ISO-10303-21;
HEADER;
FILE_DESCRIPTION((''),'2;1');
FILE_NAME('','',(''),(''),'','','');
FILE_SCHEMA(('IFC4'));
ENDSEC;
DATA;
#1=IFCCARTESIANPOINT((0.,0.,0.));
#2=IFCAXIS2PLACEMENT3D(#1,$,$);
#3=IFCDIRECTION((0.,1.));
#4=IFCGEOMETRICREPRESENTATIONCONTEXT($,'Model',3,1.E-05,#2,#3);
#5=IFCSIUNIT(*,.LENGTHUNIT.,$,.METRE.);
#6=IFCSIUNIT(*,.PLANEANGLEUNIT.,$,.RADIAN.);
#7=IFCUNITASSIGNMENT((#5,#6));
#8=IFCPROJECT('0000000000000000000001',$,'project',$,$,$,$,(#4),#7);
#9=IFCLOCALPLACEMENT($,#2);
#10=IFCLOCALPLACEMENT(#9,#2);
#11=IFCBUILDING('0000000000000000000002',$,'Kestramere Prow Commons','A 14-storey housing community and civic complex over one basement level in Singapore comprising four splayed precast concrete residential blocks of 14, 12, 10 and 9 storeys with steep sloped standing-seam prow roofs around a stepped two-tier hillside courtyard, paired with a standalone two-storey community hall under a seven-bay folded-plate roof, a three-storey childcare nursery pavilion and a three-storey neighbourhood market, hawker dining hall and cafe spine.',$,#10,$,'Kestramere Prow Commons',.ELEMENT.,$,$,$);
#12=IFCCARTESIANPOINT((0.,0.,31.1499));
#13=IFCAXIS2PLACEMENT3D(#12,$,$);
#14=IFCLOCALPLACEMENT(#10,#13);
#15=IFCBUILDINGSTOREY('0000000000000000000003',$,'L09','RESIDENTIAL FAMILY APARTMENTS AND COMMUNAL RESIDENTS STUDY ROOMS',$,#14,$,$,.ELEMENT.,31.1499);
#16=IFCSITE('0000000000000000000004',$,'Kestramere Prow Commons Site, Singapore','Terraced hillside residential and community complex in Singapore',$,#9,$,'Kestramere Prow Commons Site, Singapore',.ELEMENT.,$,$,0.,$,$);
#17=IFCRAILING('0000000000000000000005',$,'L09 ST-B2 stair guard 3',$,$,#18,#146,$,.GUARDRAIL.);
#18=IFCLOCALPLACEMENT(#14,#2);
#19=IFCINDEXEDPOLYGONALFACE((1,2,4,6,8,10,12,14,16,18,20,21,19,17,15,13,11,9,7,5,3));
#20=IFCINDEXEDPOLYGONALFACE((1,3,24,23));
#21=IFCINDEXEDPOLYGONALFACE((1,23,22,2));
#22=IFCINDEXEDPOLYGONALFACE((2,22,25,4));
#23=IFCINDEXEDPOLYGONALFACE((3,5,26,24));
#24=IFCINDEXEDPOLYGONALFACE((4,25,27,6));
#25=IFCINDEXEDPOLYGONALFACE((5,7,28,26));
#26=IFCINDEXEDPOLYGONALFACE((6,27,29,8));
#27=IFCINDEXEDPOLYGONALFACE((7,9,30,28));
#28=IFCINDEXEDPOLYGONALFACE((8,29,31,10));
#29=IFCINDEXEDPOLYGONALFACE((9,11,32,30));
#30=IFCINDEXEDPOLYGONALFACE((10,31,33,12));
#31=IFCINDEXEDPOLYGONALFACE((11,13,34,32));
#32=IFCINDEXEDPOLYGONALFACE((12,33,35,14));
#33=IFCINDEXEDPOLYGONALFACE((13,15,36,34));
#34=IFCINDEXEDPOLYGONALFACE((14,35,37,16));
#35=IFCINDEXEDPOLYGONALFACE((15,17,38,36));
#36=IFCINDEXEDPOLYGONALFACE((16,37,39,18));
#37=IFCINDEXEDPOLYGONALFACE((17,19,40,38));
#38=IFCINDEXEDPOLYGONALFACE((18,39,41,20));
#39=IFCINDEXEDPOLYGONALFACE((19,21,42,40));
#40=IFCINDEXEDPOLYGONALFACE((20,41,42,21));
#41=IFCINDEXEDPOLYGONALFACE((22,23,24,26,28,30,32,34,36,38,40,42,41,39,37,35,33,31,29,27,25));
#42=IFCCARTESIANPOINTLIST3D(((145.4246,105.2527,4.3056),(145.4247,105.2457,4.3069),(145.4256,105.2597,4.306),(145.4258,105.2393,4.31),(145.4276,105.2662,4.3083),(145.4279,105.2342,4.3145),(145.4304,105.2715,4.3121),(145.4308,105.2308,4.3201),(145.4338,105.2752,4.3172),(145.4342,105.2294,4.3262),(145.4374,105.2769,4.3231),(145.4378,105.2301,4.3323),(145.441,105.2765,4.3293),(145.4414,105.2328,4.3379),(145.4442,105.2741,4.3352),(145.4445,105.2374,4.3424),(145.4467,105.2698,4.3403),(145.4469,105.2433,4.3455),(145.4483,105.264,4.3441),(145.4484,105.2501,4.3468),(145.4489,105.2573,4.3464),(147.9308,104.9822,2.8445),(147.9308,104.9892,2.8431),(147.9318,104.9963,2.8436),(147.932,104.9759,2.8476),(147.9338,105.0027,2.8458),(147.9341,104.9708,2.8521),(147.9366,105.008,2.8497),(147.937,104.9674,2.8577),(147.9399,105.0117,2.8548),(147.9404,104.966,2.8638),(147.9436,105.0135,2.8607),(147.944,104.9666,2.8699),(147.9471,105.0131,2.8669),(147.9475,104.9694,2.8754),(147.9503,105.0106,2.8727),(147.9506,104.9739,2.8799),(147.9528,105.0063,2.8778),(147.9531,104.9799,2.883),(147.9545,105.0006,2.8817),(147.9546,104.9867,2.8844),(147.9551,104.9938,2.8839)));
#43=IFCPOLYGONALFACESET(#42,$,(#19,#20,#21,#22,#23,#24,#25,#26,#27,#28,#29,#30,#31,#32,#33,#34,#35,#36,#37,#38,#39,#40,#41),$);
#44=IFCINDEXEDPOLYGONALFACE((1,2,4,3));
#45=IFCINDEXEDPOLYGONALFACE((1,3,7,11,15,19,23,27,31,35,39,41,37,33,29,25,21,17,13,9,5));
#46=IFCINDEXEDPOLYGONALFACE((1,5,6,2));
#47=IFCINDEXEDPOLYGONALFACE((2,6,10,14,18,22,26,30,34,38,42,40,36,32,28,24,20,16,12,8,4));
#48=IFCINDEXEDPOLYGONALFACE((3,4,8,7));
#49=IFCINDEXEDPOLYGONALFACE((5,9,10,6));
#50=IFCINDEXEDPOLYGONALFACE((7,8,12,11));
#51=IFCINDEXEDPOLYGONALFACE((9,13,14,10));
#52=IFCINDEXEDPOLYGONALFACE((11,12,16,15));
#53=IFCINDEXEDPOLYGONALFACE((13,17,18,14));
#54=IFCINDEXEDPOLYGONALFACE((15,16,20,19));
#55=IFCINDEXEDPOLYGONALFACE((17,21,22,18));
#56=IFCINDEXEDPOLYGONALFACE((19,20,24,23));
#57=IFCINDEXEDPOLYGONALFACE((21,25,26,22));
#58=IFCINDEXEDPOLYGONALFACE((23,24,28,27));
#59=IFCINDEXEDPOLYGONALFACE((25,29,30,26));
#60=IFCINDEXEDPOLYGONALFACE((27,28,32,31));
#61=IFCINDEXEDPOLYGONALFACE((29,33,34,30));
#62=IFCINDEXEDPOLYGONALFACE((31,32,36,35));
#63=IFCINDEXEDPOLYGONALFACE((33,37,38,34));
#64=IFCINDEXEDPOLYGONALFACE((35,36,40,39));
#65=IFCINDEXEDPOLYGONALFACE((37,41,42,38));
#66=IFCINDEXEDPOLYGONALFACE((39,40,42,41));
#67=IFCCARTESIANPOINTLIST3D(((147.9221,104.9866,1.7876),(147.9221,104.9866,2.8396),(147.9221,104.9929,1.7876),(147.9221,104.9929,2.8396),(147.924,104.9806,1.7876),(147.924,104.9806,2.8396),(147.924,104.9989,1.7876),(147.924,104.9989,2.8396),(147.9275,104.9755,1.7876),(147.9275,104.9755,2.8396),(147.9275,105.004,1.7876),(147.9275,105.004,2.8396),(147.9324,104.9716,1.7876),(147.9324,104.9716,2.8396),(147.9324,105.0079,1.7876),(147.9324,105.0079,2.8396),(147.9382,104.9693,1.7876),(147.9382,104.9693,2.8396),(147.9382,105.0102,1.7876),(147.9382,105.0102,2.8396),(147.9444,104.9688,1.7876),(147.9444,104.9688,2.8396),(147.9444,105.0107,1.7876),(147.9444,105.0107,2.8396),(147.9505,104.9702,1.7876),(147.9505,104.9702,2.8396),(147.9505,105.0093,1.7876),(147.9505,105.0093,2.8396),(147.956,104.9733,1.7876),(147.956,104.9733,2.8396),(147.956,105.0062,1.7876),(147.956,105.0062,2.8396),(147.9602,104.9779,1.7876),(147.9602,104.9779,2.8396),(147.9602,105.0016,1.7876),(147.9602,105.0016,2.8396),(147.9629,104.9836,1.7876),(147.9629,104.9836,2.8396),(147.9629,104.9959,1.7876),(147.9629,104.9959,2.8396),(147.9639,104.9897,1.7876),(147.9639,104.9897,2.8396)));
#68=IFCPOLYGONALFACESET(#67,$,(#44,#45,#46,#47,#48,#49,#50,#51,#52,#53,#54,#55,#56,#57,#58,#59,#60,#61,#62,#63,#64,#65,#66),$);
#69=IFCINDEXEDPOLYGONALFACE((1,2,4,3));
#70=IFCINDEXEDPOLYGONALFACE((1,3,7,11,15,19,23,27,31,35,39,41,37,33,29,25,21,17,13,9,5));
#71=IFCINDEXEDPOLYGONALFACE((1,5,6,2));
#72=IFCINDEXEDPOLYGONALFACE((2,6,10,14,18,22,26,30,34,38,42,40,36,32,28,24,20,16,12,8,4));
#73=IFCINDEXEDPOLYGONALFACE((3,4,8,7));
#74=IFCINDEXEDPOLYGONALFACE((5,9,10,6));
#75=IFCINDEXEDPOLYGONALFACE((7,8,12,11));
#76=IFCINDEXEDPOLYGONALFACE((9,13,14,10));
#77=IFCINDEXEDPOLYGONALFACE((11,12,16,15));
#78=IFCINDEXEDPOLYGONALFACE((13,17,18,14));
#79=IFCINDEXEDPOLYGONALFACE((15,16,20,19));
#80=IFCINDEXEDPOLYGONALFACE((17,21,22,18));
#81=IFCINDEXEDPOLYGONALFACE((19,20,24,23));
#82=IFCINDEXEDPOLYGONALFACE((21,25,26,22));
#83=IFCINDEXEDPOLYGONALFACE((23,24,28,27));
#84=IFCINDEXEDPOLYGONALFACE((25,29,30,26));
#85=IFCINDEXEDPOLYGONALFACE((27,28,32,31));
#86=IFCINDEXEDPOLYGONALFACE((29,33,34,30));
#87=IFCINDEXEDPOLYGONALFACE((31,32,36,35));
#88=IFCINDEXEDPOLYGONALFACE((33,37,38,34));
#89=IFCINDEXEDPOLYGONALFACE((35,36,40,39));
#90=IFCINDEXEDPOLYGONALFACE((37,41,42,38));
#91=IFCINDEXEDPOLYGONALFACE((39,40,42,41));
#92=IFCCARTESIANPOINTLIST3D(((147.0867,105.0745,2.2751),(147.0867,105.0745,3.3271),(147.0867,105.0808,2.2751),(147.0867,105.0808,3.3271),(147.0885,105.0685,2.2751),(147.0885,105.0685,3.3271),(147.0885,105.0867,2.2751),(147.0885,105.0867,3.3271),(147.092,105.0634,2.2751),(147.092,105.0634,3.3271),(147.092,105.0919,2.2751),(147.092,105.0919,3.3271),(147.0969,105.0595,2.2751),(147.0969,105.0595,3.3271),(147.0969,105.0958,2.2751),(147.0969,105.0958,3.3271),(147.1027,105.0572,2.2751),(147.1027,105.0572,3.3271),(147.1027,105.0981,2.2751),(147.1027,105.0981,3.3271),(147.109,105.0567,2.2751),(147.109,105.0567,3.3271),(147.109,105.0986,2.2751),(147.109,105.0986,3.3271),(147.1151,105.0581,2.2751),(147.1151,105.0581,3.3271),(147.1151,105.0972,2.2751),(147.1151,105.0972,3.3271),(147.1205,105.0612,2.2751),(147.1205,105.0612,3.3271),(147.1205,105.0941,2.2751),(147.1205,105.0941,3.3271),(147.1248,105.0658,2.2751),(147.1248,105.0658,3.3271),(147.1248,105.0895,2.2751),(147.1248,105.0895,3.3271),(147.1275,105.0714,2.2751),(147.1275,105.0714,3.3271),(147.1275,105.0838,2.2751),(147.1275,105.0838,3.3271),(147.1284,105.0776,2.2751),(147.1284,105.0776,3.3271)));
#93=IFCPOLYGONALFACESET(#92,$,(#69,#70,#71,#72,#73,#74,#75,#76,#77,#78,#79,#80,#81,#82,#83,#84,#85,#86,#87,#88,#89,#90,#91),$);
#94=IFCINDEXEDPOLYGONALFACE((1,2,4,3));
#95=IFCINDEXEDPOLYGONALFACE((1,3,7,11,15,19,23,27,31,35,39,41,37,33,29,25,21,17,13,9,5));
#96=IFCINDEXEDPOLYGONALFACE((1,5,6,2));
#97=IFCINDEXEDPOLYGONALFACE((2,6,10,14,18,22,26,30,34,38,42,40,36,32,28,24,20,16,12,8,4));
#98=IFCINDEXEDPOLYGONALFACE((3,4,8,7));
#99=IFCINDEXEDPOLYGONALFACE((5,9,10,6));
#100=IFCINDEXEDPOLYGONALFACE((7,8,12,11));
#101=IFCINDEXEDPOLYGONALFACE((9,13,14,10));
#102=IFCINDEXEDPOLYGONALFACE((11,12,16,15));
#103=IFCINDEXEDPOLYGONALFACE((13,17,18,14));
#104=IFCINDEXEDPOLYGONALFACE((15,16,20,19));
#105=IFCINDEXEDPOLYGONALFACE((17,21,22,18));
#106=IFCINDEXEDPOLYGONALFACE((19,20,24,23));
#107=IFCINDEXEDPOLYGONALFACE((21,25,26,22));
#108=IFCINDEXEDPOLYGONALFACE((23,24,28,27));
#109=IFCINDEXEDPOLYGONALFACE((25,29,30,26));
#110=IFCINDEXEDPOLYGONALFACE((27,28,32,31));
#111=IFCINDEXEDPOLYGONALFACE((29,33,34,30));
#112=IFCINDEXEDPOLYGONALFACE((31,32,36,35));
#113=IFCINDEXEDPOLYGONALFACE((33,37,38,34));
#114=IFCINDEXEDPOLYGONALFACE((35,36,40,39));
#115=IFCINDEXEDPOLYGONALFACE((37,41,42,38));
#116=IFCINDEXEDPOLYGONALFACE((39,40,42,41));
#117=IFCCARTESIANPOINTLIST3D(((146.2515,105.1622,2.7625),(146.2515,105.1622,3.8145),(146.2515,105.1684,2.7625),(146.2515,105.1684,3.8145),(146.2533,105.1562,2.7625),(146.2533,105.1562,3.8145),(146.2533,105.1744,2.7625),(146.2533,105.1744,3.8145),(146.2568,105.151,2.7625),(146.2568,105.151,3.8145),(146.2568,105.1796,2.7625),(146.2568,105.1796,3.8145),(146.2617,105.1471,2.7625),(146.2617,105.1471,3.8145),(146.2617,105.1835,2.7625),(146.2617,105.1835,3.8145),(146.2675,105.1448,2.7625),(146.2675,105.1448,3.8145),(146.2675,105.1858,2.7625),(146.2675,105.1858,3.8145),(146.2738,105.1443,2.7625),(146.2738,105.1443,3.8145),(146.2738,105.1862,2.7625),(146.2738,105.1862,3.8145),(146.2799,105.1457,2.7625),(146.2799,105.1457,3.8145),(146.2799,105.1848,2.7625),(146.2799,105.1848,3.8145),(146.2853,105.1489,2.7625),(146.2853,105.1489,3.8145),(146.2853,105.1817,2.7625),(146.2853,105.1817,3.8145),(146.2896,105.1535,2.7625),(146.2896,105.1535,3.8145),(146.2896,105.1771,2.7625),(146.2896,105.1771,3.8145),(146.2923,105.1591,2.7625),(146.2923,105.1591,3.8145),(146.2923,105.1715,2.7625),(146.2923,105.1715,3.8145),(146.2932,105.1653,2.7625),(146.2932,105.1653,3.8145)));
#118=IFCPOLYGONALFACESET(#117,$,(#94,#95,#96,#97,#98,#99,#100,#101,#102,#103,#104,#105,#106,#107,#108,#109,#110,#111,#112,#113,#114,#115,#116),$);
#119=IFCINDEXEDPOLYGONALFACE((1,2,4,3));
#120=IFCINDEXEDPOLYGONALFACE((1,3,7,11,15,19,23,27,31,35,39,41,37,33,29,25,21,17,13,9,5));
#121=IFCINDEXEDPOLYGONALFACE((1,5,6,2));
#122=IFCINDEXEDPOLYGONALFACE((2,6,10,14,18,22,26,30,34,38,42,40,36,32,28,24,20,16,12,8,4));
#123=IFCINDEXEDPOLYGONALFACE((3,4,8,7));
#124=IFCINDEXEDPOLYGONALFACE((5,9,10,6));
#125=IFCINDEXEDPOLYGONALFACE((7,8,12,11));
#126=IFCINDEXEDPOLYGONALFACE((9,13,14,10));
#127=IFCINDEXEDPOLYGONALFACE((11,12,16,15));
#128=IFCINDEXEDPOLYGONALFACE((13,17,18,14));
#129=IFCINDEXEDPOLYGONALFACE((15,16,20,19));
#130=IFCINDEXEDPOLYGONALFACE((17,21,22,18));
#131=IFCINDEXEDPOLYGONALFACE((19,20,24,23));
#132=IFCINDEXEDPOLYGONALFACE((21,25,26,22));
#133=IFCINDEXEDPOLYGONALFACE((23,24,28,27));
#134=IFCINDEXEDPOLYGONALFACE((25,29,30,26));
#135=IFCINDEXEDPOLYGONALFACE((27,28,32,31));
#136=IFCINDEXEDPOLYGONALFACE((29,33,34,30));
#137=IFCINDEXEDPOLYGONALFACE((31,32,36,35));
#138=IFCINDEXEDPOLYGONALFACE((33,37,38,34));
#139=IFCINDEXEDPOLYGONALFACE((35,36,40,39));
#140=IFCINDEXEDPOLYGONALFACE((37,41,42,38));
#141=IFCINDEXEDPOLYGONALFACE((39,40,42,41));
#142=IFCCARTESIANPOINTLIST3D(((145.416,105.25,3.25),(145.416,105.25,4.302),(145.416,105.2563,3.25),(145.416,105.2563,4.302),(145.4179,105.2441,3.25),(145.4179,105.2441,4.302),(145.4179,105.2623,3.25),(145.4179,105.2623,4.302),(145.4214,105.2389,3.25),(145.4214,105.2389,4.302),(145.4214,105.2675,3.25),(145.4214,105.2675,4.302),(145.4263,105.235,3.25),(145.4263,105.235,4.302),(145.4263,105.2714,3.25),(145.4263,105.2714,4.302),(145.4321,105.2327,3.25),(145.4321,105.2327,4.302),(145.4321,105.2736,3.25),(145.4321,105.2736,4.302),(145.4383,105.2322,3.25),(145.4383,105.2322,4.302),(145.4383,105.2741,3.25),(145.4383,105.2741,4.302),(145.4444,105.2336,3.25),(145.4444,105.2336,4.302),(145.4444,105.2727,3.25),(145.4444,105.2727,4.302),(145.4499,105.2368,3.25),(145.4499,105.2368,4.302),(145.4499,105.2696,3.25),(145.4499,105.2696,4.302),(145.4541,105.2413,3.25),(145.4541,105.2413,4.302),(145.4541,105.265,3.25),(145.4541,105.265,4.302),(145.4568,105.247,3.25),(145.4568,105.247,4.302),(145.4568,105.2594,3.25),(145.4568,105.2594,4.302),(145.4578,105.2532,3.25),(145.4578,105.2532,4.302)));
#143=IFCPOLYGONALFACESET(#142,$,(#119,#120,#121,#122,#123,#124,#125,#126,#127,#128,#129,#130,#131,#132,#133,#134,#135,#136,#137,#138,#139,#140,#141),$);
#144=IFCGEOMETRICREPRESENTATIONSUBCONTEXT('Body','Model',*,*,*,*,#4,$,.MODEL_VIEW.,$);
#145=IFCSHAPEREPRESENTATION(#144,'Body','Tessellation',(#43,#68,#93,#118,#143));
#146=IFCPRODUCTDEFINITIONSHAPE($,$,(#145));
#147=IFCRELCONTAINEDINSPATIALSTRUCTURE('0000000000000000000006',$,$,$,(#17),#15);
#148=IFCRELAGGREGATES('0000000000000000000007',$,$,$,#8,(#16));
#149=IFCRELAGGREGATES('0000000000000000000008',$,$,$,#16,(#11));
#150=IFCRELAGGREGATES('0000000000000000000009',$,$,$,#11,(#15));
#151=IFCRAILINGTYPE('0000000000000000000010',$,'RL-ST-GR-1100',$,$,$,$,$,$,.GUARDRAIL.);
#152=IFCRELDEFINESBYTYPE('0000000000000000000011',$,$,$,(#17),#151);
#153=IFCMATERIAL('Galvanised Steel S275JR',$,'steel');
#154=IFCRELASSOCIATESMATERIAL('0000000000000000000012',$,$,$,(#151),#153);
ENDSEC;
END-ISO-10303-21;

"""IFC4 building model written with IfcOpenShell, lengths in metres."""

from ifc_helpers import new_model, si_unit, direction, frame, origin, origin_2d, place, context, subcontext, project, spatial, circle, extrude, material, type_object, element, save


model = new_model("IFC4")

# Units and contexts
model_context = context("Model", 3, precision=1e-05, world=origin(), true_north=direction((0.0, 1.0)))
body_context = subcontext(model_context, "Body", "Model", "MODEL_VIEW")
ifc_project = project(units=[si_unit("LENGTHUNIT", "METRE"), si_unit("PLANEANGLEUNIT", "RADIAN")], contexts=[model_context])

# Site, building, storey
site_placement = place(None, origin())
site = spatial("IfcSite", under=ifc_project, at=site_placement, Name="Kestramere Prow Commons Site, Singapore", Description="Terraced hillside residential and community complex in Singapore", LongName="Kestramere Prow Commons Site, Singapore", CompositionType="ELEMENT", RefElevation=0.0)
building_placement = place(site_placement, origin())
building = spatial("IfcBuilding", under=site, at=building_placement, Name="Kestramere Prow Commons", Description="A 14-storey housing community and civic complex over one basement level in Singapore comprising four splayed precast concrete residential blocks of 14, 12, 10 and 9 storeys with steep sloped standing-seam prow roofs around a stepped two-tier hillside courtyard, paired with a standalone two-storey community hall under a seven-bay folded-plate roof, a three-storey childcare nursery pavilion and a three-storey neighbourhood market, hawker dining hall and cafe spine.", LongName="Kestramere Prow Commons", CompositionType="ELEMENT")
storey_placement = place(building_placement, frame((0.0, 0.0, 31.1499)))
storey = spatial("IfcBuildingStorey", under=building, at=storey_placement, Name="L09", Description="RESIDENTIAL FAMILY APARTMENTS AND COMMUNAL RESIDENTS STUDY ROOMS", CompositionType="ELEMENT", Elevation=31.1499)

# Railing
ifc_material_1 = material(Name="Galvanised Steel S275JR", Category="steel")
railing_type_1 = type_object("IfcRailingType", Name="RL-ST-GR-1100", PredefinedType="GUARDRAIL", material=ifc_material_1)
railing_1_placement = place(storey_placement, frame((147.9429, 104.9897, 1.7876)))
element("IfcRailing", 1, at=railing_1_placement, inside=storey, type_object=railing_type_1, Name="L09 ST-B2 stair guard 3", PredefinedType="GUARDRAIL", context=body_context, shape_type="SweptSolid", body=[
    extrude(circle(Radius=0.0239, at=origin_2d()), frame((0.0, 0.0, 1.0762), z_axis=(-0.860165, 0.090416, 0.501937), x_axis=(-0.104539, -0.994521, 0.0)), (0.0, 0.0, 1.0), 2.9136),
    extrude(circle(Radius=0.021, at=origin_2d()), origin(), (0.0, 0.0, 1.0), 1.052),
    extrude(circle(Radius=0.021, at=origin_2d()), frame((-0.8354, 0.0879, 0.4875)), (0.0, 0.0, 1.0), 1.052),
    extrude(circle(Radius=0.021, at=origin_2d()), frame((-1.6707, 0.1755, 0.9749)), (0.0, 0.0, 1.0), 1.052),
    extrude(circle(Radius=0.021, at=origin_2d()), frame((-2.5061, 0.2634, 1.4624)), (0.0, 0.0, 1.0), 1.052),
])

save(model, "model.ifc")
